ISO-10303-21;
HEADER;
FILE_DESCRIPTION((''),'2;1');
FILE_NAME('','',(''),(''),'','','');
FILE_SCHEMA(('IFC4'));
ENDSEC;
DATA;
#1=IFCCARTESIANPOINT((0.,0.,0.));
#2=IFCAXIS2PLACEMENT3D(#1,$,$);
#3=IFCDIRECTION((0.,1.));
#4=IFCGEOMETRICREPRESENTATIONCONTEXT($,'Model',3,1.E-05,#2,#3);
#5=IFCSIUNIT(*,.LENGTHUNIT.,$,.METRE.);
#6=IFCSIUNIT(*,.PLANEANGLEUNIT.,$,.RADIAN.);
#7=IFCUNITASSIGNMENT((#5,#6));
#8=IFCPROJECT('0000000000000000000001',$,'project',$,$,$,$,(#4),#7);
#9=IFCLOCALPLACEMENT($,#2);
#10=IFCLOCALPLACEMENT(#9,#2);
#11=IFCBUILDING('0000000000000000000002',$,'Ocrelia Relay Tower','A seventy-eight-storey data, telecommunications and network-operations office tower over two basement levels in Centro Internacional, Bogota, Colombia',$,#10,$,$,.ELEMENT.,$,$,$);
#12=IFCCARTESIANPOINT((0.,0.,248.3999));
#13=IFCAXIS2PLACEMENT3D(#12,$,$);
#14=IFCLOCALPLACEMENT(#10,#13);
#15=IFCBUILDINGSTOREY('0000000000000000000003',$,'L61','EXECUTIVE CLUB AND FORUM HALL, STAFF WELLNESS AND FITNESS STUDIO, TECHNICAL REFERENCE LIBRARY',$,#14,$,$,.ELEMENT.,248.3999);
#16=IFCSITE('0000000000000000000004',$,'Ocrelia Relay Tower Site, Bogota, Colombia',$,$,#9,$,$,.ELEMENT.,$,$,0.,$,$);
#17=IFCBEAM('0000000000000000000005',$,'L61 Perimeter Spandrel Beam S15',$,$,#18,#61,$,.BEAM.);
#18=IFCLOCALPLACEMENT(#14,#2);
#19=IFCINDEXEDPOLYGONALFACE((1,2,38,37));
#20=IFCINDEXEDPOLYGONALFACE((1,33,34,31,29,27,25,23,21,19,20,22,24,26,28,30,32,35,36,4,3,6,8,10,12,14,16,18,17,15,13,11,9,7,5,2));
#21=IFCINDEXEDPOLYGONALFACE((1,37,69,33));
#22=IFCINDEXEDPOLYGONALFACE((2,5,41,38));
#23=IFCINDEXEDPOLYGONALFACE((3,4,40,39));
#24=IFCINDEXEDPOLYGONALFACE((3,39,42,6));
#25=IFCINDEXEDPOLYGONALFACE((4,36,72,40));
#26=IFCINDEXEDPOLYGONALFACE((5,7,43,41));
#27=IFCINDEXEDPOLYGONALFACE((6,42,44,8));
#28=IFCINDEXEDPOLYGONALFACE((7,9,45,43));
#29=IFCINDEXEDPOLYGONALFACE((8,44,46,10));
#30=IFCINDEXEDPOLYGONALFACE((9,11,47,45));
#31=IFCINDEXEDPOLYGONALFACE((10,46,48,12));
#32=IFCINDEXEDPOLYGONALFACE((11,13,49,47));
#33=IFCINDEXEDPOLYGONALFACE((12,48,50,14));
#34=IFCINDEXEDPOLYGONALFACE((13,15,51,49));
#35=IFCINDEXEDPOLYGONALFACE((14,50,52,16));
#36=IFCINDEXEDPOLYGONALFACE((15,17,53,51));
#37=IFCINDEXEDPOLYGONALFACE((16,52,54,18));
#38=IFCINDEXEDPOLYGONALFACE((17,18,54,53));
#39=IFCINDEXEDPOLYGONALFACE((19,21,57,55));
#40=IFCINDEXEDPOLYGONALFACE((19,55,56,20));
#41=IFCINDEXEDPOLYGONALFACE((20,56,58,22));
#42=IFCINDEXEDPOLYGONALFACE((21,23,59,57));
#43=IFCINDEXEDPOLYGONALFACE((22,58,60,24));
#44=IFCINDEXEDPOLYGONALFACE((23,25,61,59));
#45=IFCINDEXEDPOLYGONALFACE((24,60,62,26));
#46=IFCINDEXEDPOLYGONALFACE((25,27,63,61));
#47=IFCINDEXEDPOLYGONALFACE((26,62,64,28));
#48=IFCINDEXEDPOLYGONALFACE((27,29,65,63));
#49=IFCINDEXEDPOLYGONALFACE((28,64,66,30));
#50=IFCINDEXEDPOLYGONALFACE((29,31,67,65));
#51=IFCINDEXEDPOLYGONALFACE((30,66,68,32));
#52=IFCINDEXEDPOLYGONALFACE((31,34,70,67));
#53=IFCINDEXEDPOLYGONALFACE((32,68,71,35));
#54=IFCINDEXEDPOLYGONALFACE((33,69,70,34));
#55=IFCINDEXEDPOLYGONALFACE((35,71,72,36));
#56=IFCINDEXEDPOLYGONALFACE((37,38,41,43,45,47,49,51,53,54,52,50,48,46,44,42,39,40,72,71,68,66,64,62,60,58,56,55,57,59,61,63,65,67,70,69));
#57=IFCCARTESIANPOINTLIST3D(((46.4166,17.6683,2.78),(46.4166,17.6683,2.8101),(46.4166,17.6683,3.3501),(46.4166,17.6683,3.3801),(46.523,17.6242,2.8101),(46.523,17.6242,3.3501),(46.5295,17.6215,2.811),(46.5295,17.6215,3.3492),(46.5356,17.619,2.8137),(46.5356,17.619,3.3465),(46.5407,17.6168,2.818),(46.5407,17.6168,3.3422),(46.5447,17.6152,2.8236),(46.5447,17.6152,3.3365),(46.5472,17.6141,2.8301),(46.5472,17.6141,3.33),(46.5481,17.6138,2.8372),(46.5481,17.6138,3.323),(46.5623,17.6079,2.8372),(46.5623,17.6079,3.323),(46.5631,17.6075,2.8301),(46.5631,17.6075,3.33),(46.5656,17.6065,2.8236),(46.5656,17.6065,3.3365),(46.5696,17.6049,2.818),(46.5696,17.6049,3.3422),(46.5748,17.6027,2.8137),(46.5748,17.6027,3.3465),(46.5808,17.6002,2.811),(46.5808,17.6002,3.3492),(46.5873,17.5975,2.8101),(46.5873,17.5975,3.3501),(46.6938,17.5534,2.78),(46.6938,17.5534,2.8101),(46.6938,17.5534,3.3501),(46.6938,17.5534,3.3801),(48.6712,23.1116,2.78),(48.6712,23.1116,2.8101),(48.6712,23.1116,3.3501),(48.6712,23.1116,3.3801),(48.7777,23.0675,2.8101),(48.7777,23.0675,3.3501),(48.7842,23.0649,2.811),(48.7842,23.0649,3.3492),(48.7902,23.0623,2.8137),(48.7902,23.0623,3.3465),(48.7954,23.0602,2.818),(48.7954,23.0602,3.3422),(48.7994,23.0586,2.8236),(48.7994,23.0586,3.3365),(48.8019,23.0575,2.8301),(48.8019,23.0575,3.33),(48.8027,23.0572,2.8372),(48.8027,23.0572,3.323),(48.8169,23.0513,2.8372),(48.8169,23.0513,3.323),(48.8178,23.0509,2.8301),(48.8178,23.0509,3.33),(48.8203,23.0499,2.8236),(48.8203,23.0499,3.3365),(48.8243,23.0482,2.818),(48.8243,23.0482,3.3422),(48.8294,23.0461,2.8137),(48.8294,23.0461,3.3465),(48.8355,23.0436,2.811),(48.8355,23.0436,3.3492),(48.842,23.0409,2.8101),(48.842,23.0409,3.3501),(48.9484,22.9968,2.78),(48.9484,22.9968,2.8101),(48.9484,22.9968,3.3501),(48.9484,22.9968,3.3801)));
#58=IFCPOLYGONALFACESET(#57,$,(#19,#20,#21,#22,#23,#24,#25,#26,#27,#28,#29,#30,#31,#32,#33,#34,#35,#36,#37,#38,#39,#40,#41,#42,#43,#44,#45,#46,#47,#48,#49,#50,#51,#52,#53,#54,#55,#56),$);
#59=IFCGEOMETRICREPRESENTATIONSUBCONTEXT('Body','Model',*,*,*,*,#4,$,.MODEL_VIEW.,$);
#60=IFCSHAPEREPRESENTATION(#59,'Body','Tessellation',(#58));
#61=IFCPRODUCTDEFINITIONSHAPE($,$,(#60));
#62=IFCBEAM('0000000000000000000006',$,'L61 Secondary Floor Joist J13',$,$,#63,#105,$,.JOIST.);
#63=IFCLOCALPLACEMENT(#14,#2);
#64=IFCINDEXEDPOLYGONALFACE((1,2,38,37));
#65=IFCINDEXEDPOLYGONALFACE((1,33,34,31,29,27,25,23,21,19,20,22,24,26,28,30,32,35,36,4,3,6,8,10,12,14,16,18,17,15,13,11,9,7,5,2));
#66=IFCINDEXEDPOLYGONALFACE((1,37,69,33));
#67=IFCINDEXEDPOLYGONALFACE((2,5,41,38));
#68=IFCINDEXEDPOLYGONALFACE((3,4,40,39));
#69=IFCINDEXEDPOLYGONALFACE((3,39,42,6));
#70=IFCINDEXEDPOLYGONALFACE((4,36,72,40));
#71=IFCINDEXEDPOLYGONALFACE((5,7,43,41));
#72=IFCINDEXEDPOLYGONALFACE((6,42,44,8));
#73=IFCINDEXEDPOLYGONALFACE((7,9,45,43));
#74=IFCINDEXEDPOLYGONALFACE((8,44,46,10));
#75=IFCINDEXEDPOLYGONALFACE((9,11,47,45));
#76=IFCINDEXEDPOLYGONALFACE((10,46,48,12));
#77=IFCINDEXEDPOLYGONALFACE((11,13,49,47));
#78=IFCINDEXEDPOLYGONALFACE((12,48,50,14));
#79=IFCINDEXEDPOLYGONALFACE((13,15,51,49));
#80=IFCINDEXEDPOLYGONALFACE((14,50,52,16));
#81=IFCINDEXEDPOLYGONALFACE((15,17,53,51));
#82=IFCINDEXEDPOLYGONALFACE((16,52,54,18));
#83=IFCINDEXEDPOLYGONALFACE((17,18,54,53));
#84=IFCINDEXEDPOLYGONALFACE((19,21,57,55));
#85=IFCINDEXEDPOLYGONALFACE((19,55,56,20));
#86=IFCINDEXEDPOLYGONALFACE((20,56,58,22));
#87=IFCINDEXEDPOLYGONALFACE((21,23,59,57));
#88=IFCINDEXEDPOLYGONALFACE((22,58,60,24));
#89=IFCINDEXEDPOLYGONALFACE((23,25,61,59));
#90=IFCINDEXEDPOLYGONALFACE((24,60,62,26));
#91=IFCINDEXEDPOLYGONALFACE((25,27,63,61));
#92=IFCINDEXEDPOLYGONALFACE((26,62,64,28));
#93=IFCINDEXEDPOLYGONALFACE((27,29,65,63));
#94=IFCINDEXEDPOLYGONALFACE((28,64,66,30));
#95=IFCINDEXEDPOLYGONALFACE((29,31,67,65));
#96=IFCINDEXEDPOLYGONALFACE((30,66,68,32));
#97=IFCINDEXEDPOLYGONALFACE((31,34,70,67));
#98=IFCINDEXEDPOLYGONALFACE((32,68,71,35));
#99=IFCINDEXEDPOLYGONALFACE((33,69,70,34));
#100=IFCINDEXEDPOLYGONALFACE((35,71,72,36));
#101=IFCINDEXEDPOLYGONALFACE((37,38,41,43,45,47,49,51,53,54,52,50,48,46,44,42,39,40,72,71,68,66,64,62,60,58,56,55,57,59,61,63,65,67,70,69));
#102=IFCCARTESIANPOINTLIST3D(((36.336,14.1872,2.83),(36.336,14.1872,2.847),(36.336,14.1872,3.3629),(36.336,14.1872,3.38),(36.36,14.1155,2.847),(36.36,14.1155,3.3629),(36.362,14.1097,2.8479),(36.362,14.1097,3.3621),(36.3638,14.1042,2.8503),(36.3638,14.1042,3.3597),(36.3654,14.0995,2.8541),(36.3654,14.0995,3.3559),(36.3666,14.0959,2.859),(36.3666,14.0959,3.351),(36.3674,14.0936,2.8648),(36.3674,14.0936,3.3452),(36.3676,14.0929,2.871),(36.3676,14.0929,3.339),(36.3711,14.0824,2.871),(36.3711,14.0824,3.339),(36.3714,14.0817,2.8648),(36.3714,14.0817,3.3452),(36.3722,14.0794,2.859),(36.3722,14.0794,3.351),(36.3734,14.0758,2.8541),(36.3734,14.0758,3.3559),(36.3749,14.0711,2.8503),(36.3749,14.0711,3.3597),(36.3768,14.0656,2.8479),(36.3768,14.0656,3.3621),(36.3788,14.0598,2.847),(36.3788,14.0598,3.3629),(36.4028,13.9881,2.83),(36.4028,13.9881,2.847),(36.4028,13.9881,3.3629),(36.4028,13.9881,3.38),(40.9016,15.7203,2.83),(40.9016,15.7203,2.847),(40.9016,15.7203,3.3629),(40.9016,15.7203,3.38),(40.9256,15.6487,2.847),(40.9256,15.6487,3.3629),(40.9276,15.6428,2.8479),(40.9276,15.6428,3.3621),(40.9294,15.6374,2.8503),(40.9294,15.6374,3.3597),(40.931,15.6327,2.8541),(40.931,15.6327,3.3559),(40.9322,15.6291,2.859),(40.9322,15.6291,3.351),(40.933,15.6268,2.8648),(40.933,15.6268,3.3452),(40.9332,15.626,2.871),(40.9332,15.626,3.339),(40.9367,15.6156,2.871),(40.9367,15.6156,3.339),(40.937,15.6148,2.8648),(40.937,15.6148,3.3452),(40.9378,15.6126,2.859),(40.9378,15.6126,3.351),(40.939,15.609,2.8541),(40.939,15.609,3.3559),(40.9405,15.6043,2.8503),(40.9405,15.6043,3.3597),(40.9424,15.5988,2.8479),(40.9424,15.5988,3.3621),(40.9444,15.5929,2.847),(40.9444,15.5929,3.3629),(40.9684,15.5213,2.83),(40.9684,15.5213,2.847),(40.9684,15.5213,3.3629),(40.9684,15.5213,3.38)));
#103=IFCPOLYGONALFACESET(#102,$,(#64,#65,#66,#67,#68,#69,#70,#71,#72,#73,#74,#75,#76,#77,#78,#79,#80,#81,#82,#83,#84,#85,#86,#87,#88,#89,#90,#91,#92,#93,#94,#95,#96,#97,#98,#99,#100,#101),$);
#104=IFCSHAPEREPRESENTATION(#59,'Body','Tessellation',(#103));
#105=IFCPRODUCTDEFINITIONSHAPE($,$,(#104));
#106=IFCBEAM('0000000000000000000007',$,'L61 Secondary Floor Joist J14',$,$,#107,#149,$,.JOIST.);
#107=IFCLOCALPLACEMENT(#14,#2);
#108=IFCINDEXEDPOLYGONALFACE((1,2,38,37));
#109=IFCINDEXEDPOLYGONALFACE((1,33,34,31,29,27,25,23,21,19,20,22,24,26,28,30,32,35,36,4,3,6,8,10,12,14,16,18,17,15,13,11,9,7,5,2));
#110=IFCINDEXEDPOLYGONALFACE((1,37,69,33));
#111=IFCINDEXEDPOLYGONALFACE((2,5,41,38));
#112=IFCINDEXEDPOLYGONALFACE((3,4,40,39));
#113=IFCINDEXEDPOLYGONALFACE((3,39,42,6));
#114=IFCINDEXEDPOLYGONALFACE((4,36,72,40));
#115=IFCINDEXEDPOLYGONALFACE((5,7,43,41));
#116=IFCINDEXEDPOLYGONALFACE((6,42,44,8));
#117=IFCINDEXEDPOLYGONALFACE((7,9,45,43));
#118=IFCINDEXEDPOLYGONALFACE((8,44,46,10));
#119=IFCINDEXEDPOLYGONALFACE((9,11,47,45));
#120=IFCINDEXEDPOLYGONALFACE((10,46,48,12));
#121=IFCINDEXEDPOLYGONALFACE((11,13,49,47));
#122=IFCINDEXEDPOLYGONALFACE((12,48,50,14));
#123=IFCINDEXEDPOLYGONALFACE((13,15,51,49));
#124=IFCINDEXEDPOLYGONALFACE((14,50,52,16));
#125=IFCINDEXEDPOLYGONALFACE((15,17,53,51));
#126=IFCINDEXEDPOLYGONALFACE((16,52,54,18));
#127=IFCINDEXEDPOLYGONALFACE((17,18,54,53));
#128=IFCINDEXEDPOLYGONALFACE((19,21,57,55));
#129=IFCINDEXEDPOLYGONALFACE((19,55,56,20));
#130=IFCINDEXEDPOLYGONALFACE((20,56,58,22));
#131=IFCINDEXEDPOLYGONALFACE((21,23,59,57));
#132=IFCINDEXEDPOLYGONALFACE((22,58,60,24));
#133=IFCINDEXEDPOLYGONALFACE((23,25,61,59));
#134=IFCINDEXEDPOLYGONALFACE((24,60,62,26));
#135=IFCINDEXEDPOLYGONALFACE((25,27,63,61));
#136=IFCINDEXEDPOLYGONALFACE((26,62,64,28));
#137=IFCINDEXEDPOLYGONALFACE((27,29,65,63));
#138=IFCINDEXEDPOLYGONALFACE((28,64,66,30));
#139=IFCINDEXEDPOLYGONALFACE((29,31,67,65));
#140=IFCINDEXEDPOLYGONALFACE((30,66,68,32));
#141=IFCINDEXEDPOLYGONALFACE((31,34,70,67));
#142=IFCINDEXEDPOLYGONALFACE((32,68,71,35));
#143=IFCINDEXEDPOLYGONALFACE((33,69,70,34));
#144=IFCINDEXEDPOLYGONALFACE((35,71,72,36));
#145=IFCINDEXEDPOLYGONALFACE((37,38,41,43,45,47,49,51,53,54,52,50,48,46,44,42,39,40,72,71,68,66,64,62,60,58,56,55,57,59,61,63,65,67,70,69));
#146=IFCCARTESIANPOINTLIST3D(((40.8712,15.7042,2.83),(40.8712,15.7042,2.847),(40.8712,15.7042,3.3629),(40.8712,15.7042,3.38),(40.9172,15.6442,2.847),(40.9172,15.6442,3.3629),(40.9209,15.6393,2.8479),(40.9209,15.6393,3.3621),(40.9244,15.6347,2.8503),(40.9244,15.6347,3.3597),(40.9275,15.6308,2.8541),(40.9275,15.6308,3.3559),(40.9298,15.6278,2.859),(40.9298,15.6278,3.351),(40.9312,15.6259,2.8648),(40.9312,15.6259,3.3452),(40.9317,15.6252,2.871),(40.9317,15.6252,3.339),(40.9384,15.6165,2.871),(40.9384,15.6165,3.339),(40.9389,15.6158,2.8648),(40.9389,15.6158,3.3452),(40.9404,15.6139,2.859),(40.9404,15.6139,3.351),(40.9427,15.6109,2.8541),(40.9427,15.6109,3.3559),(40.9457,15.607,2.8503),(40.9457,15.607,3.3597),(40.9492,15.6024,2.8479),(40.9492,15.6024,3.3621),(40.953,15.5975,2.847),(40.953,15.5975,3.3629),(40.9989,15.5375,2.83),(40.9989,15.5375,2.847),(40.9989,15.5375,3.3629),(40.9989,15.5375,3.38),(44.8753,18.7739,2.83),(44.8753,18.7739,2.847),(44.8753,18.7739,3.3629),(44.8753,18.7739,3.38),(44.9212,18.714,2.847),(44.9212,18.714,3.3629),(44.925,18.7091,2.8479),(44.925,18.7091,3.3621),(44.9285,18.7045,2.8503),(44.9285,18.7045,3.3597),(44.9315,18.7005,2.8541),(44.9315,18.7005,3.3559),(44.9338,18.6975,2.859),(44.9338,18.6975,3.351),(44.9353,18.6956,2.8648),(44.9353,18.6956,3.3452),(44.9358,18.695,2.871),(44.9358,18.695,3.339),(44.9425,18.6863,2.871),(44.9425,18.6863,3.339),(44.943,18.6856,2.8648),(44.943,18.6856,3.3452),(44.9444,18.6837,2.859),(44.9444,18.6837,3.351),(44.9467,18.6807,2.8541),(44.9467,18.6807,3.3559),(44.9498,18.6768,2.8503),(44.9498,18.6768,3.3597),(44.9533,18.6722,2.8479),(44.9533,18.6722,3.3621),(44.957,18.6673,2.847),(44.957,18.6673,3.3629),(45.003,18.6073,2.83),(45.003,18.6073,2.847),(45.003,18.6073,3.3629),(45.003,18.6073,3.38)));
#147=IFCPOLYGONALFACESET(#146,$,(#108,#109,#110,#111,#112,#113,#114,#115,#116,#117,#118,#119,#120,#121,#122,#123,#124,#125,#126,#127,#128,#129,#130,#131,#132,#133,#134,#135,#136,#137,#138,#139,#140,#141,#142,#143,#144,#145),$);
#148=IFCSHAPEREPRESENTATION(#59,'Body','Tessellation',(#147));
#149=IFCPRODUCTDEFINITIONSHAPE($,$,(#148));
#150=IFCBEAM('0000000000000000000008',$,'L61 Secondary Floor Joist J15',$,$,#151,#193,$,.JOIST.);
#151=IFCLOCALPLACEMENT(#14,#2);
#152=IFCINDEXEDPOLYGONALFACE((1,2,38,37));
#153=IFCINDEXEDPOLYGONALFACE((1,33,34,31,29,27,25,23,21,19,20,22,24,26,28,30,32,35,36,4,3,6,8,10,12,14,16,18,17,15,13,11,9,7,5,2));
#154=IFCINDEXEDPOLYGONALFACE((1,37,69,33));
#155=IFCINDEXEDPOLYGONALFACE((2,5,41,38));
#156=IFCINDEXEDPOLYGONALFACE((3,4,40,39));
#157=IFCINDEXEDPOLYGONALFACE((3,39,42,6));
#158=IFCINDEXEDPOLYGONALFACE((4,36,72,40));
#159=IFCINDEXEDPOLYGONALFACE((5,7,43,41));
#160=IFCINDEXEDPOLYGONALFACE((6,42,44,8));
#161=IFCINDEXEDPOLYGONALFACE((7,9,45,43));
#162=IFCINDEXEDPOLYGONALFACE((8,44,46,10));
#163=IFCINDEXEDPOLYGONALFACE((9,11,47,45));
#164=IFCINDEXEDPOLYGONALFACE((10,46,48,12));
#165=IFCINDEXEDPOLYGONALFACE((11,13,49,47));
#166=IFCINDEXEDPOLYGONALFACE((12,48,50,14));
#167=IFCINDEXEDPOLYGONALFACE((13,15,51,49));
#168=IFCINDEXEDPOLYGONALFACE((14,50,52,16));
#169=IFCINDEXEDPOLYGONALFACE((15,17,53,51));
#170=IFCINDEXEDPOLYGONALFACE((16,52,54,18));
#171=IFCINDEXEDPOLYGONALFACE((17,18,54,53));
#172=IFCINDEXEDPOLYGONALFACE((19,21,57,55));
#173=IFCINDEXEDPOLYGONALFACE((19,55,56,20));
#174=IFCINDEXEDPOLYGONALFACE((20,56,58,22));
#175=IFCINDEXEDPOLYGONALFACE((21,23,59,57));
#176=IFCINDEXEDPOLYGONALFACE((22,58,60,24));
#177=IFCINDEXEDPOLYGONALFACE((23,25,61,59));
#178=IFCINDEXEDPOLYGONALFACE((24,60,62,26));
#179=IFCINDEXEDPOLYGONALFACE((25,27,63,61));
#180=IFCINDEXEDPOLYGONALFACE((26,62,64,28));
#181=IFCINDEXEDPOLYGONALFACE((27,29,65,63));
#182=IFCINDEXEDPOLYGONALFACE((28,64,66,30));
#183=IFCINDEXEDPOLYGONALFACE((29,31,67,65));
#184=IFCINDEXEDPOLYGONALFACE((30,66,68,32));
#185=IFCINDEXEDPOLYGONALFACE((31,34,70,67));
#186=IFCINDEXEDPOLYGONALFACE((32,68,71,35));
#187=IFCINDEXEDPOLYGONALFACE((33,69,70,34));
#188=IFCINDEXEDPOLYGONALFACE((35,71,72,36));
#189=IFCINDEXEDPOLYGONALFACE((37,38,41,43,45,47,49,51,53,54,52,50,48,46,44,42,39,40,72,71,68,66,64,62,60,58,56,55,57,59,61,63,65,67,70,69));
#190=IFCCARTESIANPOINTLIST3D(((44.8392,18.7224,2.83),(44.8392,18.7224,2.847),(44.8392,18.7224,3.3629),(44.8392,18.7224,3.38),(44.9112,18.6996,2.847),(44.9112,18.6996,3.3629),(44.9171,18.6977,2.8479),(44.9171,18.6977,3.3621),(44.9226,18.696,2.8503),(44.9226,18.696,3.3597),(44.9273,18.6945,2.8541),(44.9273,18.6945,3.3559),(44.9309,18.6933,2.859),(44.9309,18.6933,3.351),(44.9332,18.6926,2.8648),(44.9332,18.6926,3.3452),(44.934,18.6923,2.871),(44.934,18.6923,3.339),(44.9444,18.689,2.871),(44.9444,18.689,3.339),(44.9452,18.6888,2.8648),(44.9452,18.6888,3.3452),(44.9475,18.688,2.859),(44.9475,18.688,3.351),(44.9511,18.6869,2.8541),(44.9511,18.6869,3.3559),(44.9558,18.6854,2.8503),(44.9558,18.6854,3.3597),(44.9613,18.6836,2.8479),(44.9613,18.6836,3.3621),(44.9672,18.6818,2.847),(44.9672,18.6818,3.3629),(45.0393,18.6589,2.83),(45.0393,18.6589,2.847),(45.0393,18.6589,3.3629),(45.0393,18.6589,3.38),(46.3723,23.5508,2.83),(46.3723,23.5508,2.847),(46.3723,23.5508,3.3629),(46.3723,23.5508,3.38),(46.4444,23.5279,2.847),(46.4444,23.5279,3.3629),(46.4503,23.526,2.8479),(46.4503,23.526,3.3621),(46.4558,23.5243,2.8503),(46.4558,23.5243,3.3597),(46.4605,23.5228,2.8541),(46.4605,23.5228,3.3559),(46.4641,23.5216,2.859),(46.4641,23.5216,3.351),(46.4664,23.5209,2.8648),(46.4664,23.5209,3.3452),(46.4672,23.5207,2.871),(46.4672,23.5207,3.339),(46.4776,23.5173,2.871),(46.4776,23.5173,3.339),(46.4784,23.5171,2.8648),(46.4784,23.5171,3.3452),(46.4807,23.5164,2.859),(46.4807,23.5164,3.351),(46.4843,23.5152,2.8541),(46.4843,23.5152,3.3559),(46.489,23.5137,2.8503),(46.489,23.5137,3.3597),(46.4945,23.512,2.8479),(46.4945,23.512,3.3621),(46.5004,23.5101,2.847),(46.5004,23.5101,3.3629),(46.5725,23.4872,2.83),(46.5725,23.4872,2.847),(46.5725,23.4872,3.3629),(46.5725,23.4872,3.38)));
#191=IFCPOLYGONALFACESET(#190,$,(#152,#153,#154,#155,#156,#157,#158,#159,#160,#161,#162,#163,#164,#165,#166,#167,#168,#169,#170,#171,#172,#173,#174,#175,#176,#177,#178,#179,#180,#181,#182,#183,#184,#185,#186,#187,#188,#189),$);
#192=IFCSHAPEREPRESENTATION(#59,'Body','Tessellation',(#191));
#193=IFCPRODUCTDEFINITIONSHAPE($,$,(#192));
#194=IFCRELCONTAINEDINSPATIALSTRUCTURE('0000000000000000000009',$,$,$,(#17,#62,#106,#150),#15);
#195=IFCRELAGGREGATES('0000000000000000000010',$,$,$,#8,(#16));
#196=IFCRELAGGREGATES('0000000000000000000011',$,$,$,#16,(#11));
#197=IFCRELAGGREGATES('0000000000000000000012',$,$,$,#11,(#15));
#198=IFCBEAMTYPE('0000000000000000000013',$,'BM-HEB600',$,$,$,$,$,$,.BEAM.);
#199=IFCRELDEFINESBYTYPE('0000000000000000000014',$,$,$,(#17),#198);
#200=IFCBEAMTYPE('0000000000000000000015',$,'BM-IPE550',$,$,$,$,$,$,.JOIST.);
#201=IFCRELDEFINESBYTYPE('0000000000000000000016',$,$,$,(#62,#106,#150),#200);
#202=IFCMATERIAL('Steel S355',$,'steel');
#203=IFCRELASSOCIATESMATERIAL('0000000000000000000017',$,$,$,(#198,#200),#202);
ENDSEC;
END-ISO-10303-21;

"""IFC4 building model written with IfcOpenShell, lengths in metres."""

from ifc_helpers import new_model, si_unit, direction, frame, origin, origin_2d, place, context, subcontext, project, spatial, i_section, extrude, material, material_profile, profile_set, type_object, element, save


model = new_model("IFC4")

# Units and contexts
model_context = context("Model", 3, precision=1e-05, world=origin(), true_north=direction((0.0, 1.0)))
body_context = subcontext(model_context, "Body", "Model", "MODEL_VIEW")
ifc_project = project(units=[si_unit("LENGTHUNIT", "METRE"), si_unit("PLANEANGLEUNIT", "RADIAN")], contexts=[model_context])

# Site, building, storey
site_placement = place(None, origin())
site = spatial("IfcSite", under=ifc_project, at=site_placement, Name="Ocrelia Relay Tower Site, Bogota, Colombia", CompositionType="ELEMENT", RefElevation=0.0)
building_placement = place(site_placement, origin())
building = spatial("IfcBuilding", under=site, at=building_placement, Name="Ocrelia Relay Tower", Description="A seventy-eight-storey data, telecommunications and network-operations office tower over two basement levels in Centro Internacional, Bogota, Colombia", CompositionType="ELEMENT")
storey_placement = place(building_placement, frame((0.0, 0.0, 248.3999)))
storey = spatial("IfcBuildingStorey", under=building, at=storey_placement, Name="L61", Description="EXECUTIVE CLUB AND FORUM HALL, STAFF WELLNESS AND FITNESS STUDIO, TECHNICAL REFERENCE LIBRARY", CompositionType="ELEMENT", Elevation=248.3999)

# Beams
ifc_material_1 = material(Name="Steel S355", Category="steel")
ifc_material_profile_1 = material_profile(ifc_material_1, i_section(OverallWidth=0.3, OverallDepth=0.6001, WebThickness=0.0154, FlangeThickness=0.03, FilletRadius=0.0271, at=origin_2d()), Name="HEB 600")
ifc_profile_set_1 = profile_set([ifc_material_profile_1], Name="Steel S355")
beam_type_1 = type_object("IfcBeamType", Name="BM-HEB600", PredefinedType="BEAM", material=ifc_profile_set_1)
beam_1_placement = place(storey_placement, frame((46.5552, 17.6108, 3.0801), z_axis=(0.382673, 0.923884, 0.0), x_axis=(-0.923884, 0.382673, 0.0)))
element("IfcBeam", 1, at=beam_1_placement, inside=storey, type_object=beam_type_1, Name="L61 Perimeter Spandrel Beam S15", PredefinedType="BEAM", context=body_context, shape_type="SweptSolid", body=[
    extrude(i_section(OverallWidth=0.3, OverallDepth=0.6001, WebThickness=0.0154, FlangeThickness=0.03, FilletRadius=0.0271, at=origin_2d()), origin(), (0.0, 0.0, 1.0), 5.8918),
])
ifc_material_profile_2 = material_profile(ifc_material_1, i_section(OverallWidth=0.21, OverallDepth=0.55, WebThickness=0.011, FlangeThickness=0.0171, FilletRadius=0.0239, at=origin_2d()), Name="IPE 550")
ifc_profile_set_2 = profile_set([ifc_material_profile_2], Name="Steel S355")
beam_type_2 = type_object("IfcBeamType", Name="BM-IPE550", PredefinedType="JOIST", material=ifc_profile_set_2)
beam_2_placement = place(storey_placement, frame((36.3694, 14.0876, 3.105), z_axis=(0.947976, 0.318341, 0.0), x_axis=(-0.318341, 0.947976, 0.0)))
element("IfcBeam", 2, at=beam_2_placement, inside=storey, type_object=beam_type_2, Name="L61 Secondary Floor Joist J13", PredefinedType="JOIST", context=body_context, shape_type="SweptSolid", body=[
    extrude(i_section(OverallWidth=0.21, OverallDepth=0.55, WebThickness=0.011, FlangeThickness=0.0171, FilletRadius=0.0239, at=origin_2d()), origin(), (0.0, 0.0, 1.0), 4.8162),
])
beam_3_placement = place(storey_placement, frame((40.9351, 15.6208, 3.105), z_axis=(0.793609, 0.608428, 0.0), x_axis=(-0.608428, 0.793609, 0.0)))
element("IfcBeam", 3, at=beam_3_placement, inside=storey, type_object=beam_type_2, Name="L61 Secondary Floor Joist J14", PredefinedType="JOIST", context=body_context, shape_type="SweptSolid", body=[
    extrude(i_section(OverallWidth=0.21, OverallDepth=0.55, WebThickness=0.011, FlangeThickness=0.0171, FilletRadius=0.0239, at=origin_2d()), origin(), (0.0, 0.0, 1.0), 5.0454),
])
beam_4_placement = place(storey_placement, frame((44.9392, 18.6907, 3.105), z_axis=(0.302649, 0.953102, 0.0), x_axis=(-0.953102, 0.302649, 0.0)))
element("IfcBeam", 4, at=beam_4_placement, inside=storey, type_object=beam_type_2, Name="L61 Secondary Floor Joist J15", PredefinedType="JOIST", context=body_context, shape_type="SweptSolid", body=[
    extrude(i_section(OverallWidth=0.21, OverallDepth=0.55, WebThickness=0.011, FlangeThickness=0.0171, FilletRadius=0.0239, at=origin_2d()), origin(), (0.0, 0.0, 1.0), 5.0659),
])

save(model, "model.ifc")
